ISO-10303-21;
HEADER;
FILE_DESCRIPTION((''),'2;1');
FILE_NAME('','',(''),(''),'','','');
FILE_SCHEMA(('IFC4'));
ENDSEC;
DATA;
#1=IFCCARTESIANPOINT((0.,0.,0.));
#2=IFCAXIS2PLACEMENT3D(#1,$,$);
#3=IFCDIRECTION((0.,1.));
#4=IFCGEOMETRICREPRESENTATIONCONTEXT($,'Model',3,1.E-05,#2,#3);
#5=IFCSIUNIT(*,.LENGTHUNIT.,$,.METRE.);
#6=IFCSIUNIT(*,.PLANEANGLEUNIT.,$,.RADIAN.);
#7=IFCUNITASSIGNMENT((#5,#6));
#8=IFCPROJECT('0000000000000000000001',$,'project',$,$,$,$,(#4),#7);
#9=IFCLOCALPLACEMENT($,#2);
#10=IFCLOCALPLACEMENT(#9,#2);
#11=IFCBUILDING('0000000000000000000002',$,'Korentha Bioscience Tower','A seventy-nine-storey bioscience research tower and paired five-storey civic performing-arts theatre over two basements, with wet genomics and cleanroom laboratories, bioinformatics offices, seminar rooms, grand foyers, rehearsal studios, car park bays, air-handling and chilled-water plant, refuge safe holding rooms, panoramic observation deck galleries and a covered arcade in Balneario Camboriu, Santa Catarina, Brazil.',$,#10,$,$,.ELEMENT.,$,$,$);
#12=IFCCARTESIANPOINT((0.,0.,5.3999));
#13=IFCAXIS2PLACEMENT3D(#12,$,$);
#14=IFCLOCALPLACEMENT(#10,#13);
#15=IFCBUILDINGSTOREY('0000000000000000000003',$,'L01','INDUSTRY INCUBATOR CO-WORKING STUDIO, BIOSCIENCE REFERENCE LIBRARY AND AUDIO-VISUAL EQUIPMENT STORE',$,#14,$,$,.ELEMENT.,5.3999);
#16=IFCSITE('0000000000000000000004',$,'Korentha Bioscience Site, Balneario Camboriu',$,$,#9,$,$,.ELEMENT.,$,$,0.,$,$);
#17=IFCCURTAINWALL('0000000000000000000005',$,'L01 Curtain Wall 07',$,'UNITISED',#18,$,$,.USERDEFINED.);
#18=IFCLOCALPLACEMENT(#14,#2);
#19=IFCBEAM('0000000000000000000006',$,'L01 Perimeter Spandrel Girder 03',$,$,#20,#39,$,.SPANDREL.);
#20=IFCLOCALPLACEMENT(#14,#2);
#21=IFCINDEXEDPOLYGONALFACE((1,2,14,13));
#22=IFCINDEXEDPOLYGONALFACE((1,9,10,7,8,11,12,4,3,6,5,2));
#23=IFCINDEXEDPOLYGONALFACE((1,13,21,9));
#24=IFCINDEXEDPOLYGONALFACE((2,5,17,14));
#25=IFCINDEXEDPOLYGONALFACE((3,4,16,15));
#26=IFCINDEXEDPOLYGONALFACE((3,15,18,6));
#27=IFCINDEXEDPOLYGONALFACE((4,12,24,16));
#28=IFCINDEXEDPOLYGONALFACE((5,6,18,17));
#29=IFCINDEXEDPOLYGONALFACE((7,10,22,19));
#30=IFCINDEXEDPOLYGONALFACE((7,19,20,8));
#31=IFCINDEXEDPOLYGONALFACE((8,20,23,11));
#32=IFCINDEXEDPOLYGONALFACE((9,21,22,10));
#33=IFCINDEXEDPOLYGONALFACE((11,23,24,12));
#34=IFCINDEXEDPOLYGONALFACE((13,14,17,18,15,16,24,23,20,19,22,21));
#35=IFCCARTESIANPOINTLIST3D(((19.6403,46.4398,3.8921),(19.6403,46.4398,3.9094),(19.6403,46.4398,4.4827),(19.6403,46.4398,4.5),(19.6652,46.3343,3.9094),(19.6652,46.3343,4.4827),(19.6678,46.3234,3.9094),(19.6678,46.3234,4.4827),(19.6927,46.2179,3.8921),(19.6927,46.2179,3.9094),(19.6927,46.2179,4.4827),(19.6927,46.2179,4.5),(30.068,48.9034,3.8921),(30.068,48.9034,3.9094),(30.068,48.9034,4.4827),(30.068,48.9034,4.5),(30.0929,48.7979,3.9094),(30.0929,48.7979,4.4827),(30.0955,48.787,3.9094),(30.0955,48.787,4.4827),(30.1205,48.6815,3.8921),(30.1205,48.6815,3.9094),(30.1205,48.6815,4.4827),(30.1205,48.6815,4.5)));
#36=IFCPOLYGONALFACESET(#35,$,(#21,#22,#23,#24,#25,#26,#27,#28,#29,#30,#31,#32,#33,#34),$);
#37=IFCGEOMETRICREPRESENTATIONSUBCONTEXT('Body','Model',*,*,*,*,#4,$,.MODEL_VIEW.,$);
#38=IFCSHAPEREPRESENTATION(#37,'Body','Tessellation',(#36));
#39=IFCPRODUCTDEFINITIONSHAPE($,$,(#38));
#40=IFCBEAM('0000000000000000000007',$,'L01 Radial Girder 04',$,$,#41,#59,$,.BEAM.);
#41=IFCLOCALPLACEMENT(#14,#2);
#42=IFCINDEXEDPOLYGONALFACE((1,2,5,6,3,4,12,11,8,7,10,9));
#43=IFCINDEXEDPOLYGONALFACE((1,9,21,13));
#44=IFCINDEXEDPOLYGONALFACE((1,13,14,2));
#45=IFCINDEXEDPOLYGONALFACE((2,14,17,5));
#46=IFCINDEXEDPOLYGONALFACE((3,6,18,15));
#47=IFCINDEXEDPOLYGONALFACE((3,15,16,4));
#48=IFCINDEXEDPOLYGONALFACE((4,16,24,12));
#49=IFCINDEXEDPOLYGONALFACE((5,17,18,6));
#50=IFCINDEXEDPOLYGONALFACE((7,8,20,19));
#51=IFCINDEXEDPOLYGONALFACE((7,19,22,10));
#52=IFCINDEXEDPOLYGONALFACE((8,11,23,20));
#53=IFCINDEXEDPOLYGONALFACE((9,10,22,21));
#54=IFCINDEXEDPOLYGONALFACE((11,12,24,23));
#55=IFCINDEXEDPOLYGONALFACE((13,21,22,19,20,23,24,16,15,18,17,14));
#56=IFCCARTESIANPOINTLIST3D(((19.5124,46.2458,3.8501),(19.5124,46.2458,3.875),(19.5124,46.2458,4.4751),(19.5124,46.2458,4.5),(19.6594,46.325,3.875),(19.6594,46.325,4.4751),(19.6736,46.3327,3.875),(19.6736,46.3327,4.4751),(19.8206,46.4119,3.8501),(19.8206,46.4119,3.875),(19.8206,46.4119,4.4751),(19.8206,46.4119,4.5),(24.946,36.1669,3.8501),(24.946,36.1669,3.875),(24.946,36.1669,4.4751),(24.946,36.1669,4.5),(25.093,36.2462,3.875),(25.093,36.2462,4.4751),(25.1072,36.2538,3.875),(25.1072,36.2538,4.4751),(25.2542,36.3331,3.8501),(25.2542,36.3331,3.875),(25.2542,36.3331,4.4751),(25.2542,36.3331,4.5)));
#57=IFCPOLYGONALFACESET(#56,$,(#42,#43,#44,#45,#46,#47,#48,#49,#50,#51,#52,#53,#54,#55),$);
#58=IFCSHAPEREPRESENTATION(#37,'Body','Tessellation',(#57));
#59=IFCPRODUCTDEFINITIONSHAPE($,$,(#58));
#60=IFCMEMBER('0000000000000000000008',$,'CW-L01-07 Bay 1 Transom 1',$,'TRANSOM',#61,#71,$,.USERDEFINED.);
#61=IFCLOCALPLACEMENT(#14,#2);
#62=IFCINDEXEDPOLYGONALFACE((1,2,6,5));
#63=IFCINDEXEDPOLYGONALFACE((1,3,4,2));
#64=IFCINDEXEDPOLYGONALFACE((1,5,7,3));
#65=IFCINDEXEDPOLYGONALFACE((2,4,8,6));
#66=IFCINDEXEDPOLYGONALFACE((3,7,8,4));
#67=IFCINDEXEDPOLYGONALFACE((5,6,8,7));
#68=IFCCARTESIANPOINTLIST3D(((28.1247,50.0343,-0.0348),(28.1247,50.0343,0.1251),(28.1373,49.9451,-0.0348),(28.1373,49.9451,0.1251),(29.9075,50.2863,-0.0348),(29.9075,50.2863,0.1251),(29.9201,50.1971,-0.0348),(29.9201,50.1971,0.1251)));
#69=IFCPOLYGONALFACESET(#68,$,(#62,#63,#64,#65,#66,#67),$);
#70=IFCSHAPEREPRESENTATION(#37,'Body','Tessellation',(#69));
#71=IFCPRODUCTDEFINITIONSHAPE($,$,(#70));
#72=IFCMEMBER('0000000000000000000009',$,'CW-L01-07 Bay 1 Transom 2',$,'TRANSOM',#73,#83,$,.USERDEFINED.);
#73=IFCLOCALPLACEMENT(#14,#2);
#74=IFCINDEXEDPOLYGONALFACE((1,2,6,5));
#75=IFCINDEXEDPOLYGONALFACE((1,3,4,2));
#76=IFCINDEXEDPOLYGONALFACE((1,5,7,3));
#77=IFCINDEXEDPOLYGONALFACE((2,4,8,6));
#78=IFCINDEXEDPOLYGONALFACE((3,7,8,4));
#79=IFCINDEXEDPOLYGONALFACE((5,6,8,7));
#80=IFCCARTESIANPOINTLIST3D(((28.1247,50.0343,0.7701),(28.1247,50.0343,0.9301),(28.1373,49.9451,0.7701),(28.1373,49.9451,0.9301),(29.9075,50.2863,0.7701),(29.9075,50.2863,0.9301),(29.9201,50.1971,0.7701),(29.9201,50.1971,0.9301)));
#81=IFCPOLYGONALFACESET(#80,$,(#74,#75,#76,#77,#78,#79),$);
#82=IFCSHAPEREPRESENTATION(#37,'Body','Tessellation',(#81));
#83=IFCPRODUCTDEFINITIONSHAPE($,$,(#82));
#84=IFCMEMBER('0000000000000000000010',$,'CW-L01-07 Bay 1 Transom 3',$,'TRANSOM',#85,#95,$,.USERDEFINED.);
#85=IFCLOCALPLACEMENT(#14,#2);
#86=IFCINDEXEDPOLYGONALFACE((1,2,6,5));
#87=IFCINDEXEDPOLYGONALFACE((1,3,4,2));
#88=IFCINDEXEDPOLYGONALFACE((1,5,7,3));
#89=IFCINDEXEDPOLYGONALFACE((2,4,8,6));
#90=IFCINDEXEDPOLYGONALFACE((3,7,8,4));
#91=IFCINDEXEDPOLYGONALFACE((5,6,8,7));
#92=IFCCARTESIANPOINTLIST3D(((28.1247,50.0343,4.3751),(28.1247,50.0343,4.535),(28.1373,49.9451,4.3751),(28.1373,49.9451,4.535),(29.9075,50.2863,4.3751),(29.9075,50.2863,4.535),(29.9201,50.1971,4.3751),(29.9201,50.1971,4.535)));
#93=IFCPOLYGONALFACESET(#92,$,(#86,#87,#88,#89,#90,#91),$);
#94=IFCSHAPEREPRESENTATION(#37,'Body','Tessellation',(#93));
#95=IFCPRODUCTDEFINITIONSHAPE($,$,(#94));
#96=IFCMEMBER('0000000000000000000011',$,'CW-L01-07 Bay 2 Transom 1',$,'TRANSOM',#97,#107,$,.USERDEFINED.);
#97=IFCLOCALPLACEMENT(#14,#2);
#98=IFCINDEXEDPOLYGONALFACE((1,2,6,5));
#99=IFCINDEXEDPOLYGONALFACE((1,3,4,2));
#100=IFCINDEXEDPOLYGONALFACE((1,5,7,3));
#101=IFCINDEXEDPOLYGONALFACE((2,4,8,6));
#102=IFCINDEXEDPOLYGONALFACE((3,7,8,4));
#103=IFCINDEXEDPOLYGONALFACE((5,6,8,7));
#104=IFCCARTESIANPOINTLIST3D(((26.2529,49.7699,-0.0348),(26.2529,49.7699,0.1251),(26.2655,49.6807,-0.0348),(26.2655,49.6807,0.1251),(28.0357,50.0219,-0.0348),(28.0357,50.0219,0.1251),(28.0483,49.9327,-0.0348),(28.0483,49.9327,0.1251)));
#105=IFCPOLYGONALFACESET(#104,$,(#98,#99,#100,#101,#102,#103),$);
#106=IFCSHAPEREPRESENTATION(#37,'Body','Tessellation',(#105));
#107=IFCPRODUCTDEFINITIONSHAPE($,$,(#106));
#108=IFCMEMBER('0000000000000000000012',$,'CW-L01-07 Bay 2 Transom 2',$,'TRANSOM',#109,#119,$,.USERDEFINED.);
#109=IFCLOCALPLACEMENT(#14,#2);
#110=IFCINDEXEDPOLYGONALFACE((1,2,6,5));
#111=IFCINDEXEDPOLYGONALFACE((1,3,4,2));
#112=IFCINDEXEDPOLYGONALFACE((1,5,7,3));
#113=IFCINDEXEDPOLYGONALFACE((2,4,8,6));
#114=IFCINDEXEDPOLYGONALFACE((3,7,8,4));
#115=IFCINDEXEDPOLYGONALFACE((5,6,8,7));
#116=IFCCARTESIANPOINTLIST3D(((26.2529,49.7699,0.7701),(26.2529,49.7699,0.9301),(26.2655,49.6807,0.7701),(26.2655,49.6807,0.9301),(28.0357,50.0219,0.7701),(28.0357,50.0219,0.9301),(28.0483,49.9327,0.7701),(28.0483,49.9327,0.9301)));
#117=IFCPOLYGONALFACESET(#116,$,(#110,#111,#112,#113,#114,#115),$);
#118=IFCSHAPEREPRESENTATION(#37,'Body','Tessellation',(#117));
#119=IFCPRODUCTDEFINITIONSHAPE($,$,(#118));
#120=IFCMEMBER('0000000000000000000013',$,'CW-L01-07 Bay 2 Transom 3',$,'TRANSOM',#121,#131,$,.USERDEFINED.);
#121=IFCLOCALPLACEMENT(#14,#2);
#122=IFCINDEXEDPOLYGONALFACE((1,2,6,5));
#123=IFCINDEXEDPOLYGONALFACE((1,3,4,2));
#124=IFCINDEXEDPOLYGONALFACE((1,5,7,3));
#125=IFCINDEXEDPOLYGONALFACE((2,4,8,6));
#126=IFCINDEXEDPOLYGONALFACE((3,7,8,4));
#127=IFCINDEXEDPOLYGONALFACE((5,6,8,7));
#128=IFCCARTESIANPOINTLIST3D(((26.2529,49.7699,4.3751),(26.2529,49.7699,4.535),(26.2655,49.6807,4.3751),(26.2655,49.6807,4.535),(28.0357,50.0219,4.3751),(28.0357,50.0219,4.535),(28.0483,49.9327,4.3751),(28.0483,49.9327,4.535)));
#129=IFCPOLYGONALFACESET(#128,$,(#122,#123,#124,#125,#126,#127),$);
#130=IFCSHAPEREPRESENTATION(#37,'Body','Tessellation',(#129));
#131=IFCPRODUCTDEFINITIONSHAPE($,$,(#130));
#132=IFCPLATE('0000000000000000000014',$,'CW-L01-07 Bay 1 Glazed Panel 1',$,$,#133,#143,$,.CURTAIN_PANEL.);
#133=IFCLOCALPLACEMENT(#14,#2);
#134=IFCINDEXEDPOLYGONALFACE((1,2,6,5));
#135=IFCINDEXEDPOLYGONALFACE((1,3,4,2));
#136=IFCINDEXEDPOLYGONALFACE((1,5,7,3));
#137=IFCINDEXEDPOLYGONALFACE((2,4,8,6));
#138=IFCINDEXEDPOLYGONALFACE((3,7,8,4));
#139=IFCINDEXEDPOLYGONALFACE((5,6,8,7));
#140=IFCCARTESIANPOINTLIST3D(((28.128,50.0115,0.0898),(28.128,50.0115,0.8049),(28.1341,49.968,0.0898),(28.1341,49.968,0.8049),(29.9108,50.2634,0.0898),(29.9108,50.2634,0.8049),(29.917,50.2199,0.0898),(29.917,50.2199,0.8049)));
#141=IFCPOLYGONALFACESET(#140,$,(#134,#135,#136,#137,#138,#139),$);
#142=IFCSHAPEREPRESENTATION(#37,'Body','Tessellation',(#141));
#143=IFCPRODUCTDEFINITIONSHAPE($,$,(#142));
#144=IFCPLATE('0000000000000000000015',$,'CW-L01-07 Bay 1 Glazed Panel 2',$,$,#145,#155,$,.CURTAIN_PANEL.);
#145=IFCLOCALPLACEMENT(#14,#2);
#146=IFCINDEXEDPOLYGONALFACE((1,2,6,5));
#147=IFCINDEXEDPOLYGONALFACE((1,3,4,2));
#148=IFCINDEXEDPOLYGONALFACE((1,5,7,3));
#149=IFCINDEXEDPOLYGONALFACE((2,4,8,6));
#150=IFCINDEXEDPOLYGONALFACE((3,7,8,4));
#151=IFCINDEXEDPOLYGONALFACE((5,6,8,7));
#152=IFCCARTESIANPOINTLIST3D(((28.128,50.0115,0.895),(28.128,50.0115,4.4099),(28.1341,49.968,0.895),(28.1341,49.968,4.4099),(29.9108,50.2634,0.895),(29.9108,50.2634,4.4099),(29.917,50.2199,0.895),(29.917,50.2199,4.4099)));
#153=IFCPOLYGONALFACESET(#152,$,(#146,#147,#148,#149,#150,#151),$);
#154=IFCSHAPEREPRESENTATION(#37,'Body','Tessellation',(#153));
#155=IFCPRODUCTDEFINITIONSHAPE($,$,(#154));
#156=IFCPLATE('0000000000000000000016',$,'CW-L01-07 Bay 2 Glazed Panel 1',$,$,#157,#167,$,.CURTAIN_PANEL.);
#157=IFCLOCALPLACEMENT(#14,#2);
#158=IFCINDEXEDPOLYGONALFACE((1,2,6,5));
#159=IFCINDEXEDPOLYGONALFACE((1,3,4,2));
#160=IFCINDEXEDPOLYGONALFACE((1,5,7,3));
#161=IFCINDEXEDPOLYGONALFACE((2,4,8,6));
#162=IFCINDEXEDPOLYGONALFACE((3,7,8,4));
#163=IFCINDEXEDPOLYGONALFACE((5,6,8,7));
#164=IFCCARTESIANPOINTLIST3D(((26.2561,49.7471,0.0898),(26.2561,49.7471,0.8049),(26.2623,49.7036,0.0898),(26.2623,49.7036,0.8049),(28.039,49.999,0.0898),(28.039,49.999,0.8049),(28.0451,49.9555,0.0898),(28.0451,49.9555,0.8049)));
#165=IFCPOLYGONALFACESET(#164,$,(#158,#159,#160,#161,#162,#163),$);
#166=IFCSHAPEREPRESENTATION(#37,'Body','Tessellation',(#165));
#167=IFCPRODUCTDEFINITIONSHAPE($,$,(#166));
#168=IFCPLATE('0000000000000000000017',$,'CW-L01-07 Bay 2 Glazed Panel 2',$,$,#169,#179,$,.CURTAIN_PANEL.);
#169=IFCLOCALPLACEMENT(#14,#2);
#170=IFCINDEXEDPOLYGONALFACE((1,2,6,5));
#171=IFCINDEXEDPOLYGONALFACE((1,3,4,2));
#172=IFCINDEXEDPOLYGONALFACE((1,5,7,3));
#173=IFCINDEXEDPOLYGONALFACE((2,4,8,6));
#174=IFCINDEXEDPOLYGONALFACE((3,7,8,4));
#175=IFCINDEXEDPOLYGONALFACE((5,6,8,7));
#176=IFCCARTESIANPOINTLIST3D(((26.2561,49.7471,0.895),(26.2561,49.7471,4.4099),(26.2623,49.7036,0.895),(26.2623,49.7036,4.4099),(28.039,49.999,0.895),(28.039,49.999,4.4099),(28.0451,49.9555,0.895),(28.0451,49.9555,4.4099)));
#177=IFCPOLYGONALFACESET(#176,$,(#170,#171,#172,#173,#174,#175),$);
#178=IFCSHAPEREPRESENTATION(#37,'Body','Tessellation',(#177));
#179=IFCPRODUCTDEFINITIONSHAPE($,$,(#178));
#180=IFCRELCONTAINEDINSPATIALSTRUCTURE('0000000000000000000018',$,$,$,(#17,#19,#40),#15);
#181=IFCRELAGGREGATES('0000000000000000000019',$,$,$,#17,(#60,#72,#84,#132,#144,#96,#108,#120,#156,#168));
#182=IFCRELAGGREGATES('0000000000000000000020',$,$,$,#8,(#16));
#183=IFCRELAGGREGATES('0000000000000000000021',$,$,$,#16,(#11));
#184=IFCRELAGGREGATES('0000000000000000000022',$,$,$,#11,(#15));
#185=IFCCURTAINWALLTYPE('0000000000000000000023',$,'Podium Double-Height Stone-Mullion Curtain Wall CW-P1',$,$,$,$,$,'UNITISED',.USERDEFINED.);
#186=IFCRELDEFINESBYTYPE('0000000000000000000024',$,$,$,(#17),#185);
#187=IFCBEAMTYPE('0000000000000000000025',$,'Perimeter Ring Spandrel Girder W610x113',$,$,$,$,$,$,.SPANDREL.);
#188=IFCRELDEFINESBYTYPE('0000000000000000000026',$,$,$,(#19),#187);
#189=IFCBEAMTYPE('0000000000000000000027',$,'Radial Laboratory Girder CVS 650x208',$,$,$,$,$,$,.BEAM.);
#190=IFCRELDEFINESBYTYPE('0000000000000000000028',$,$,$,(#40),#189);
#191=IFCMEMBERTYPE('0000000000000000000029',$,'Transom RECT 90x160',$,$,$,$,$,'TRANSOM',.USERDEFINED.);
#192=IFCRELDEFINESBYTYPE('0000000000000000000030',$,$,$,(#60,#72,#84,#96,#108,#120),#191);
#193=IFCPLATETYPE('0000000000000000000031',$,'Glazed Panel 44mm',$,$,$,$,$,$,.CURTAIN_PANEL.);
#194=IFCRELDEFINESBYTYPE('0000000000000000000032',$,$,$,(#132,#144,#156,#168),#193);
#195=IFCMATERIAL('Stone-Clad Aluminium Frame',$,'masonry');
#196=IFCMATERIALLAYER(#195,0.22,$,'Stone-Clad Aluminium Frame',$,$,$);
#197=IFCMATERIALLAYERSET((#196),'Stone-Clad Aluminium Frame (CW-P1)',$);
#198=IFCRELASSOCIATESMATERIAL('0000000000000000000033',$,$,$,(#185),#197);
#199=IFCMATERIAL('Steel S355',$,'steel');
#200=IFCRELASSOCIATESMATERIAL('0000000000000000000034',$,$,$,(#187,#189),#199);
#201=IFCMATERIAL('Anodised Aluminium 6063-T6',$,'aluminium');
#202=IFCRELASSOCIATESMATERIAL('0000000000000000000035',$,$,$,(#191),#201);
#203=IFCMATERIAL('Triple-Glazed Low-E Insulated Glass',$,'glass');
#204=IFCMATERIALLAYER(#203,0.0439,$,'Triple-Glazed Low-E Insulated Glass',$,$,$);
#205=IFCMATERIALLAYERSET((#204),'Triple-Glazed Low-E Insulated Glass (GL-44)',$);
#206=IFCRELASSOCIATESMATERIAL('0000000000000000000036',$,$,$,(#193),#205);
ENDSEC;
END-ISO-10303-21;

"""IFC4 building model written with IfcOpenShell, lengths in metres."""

from ifc_helpers import new_model, si_unit, direction, frame, origin, origin_2d, place, context, subcontext, project, spatial, rectangle, i_section, extrude, material, layer, layer_set, material_profile, profile_set, type_object, element, aggregate, save


model = new_model("IFC4")

# Units and contexts
model_context = context("Model", 3, precision=1e-05, world=origin(), true_north=direction((0.0, 1.0)))
body_context = subcontext(model_context, "Body", "Model", "MODEL_VIEW")
ifc_project = project(units=[si_unit("LENGTHUNIT", "METRE"), si_unit("PLANEANGLEUNIT", "RADIAN")], contexts=[model_context])

# Site, building, storey
site_placement = place(None, origin())
site = spatial("IfcSite", under=ifc_project, at=site_placement, Name="Korentha Bioscience Site, Balneario Camboriu", CompositionType="ELEMENT", RefElevation=0.0)
building_placement = place(site_placement, origin())
building = spatial("IfcBuilding", under=site, at=building_placement, Name="Korentha Bioscience Tower", Description="A seventy-nine-storey bioscience research tower and paired five-storey civic performing-arts theatre over two basements, with wet genomics and cleanroom laboratories, bioinformatics offices, seminar rooms, grand foyers, rehearsal studios, car park bays, air-handling and chilled-water plant, refuge safe holding rooms, panoramic observation deck galleries and a covered arcade in Balneario Camboriu, Santa Catarina, Brazil.", CompositionType="ELEMENT")
storey_placement = place(building_placement, frame((0.0, 0.0, 5.3999)))
storey = spatial("IfcBuildingStorey", under=building, at=storey_placement, Name="L01", Description="INDUSTRY INCUBATOR CO-WORKING STUDIO, BIOSCIENCE REFERENCE LIBRARY AND AUDIO-VISUAL EQUIPMENT STORE", CompositionType="ELEMENT", Elevation=5.3999)

# Shared definitions
ifc_material_1 = material(Name="Steel S355", Category="steel")

# Curtain wall
ifc_material_2 = material(Name="Stone-Clad Aluminium Frame", Category="masonry")
ifc_layer_1 = layer(ifc_material_2, 0.22, Name="Stone-Clad Aluminium Frame")
ifc_layer_set_1 = layer_set([ifc_layer_1], Name="Stone-Clad Aluminium Frame (CW-P1)")
curtain_wall_type = type_object("IfcCurtainWallType", Name="Podium Double-Height Stone-Mullion Curtain Wall CW-P1", ElementType="UNITISED", PredefinedType="USERDEFINED", material=ifc_layer_set_1)
curtain_wall_placement = place(storey_placement, origin())
curtain_wall = element("IfcCurtainWall", 1, at=curtain_wall_placement, inside=storey, type_object=curtain_wall_type, Name="L01 Curtain Wall 07", ObjectType="UNITISED", PredefinedType="USERDEFINED")
ifc_material_3 = material(Name="Anodised Aluminium 6063-T6", Category="aluminium")

# Beams
ifc_material_profile_1 = material_profile(ifc_material_1, i_section(OverallWidth=0.228, OverallDepth=0.6079, WebThickness=0.0112, FlangeThickness=0.0173, at=origin_2d()), Name="Steel S355")
ifc_profile_set_1 = profile_set([ifc_material_profile_1], Name="Steel S355 (SB-610)")
beam_type_1 = type_object("IfcBeamType", Name="Perimeter Ring Spandrel Girder W610x113", PredefinedType="SPANDREL", material=ifc_profile_set_1)
beam_1_placement = place(storey_placement, frame((30.0942, 48.7925, 4.196), z_axis=(-0.973208, -0.229927, 0.0), x_axis=(0.229927, -0.973208, 0.0)))
element("IfcBeam", 2, at=beam_1_placement, inside=storey, type_object=beam_type_1, Name="L01 Perimeter Spandrel Girder 03", PredefinedType="SPANDREL", context=body_context, shape_type="SweptSolid", body=[
    extrude(i_section(OverallWidth=0.228, OverallDepth=0.6079, WebThickness=0.0112, FlangeThickness=0.0173, at=origin_2d()), origin(), (0.0, 0.0, 1.0), 10.7148),
])
ifc_material_profile_2 = material_profile(ifc_material_1, i_section(OverallWidth=0.3501, OverallDepth=0.6499, WebThickness=0.0161, FlangeThickness=0.0249, at=origin_2d()), Name="Steel S355")
ifc_profile_set_2 = profile_set([ifc_material_profile_2], Name="Steel S355 (RB-650)")
beam_type_2 = type_object("IfcBeamType", Name="Radial Laboratory Girder CVS 650x208", PredefinedType="BEAM", material=ifc_profile_set_2)
beam_2_placement = place(storey_placement, frame((25.1001, 36.25, 4.175), z_axis=(-0.474541, 0.880233, 0.0), x_axis=(-0.880233, -0.474541, 0.0)))
element("IfcBeam", 3, at=beam_2_placement, inside=storey, type_object=beam_type_2, Name="L01 Radial Girder 04", PredefinedType="BEAM", context=body_context, shape_type="SweptSolid", body=[
    extrude(i_section(OverallWidth=0.3501, OverallDepth=0.6499, WebThickness=0.0161, FlangeThickness=0.0249, at=origin_2d()), origin(), (0.0, 0.0, 1.0), 11.4502),
])

# Members
ifc_material_profile_3 = material_profile(ifc_material_3, rectangle(XDim=0.0901, YDim=0.1599, at=origin_2d()), Name="Anodised Aluminium 6063-T6")
ifc_profile_set_3 = profile_set([ifc_material_profile_3], Name="Anodised Aluminium 6063-T6 (CW-TRN)")
member_type_1 = type_object("IfcMemberType", Name="Transom RECT 90x160", ElementType="TRANSOM", PredefinedType="USERDEFINED", material=ifc_profile_set_3)
member_1_placement = place(storey_placement, frame((29.9138, 50.2417, 0.0452), z_axis=(-0.99016, -0.13994, 0.0), x_axis=(0.13994, -0.99016, 0.0)))
member_1 = element("IfcMember", 4, at=member_1_placement, type_object=member_type_1, Name="CW-L01-07 Bay 1 Transom 1", ObjectType="TRANSOM", PredefinedType="USERDEFINED", context=body_context, shape_type="SweptSolid", body=[
    extrude(rectangle(XDim=0.0901, YDim=0.1599, at=origin_2d()), origin(), (0.0, 0.0, 1.0), 1.8005),
])
member_2_placement = place(storey_placement, frame((29.9138, 50.2417, 0.8501), z_axis=(-0.99016, -0.13994, 0.0), x_axis=(0.13994, -0.99016, 0.0)))
member_2 = element("IfcMember", 5, at=member_2_placement, type_object=member_type_1, Name="CW-L01-07 Bay 1 Transom 2", ObjectType="TRANSOM", PredefinedType="USERDEFINED", context=body_context, shape_type="SweptSolid", body=[
    extrude(rectangle(XDim=0.0901, YDim=0.1599, at=origin_2d()), origin(), (0.0, 0.0, 1.0), 1.8005),
])
member_3_placement = place(storey_placement, frame((29.9138, 50.2417, 4.4551), z_axis=(-0.99016, -0.13994, 0.0), x_axis=(0.13994, -0.99016, 0.0)))
member_3 = element("IfcMember", 6, at=member_3_placement, type_object=member_type_1, Name="CW-L01-07 Bay 1 Transom 3", ObjectType="TRANSOM", PredefinedType="USERDEFINED", context=body_context, shape_type="SweptSolid", body=[
    extrude(rectangle(XDim=0.0901, YDim=0.1599, at=origin_2d()), origin(), (0.0, 0.0, 1.0), 1.8005),
])
member_4_placement = place(storey_placement, frame((28.042, 49.9773, 0.0452), z_axis=(-0.99016, -0.13994, 0.0), x_axis=(0.13994, -0.99016, 0.0)))
member_4 = element("IfcMember", 7, at=member_4_placement, type_object=member_type_1, Name="CW-L01-07 Bay 2 Transom 1", ObjectType="TRANSOM", PredefinedType="USERDEFINED", context=body_context, shape_type="SweptSolid", body=[
    extrude(rectangle(XDim=0.0901, YDim=0.1599, at=origin_2d()), origin(), (0.0, 0.0, 1.0), 1.8005),
])
member_5_placement = place(storey_placement, frame((28.042, 49.9773, 0.8501), z_axis=(-0.99016, -0.13994, 0.0), x_axis=(0.13994, -0.99016, 0.0)))
member_5 = element("IfcMember", 8, at=member_5_placement, type_object=member_type_1, Name="CW-L01-07 Bay 2 Transom 2", ObjectType="TRANSOM", PredefinedType="USERDEFINED", context=body_context, shape_type="SweptSolid", body=[
    extrude(rectangle(XDim=0.0901, YDim=0.1599, at=origin_2d()), origin(), (0.0, 0.0, 1.0), 1.8005),
])
member_6_placement = place(storey_placement, frame((28.042, 49.9773, 4.4551), z_axis=(-0.99016, -0.13994, 0.0), x_axis=(0.13994, -0.99016, 0.0)))
member_6 = element("IfcMember", 9, at=member_6_placement, type_object=member_type_1, Name="CW-L01-07 Bay 2 Transom 3", ObjectType="TRANSOM", PredefinedType="USERDEFINED", context=body_context, shape_type="SweptSolid", body=[
    extrude(rectangle(XDim=0.0901, YDim=0.1599, at=origin_2d()), origin(), (0.0, 0.0, 1.0), 1.8005),
])

# Plates
ifc_material_4 = material(Name="Triple-Glazed Low-E Insulated Glass", Category="glass")
ifc_layer_2 = layer(ifc_material_4, 0.0439, Name="Triple-Glazed Low-E Insulated Glass")
ifc_layer_set_2 = layer_set([ifc_layer_2], Name="Triple-Glazed Low-E Insulated Glass (GL-44)")
plate_type = type_object("IfcPlateType", Name="Glazed Panel 44mm", PredefinedType="CURTAIN_PANEL", material=ifc_layer_set_2)
plate_1_placement = place(storey_placement, frame((29.0225, 50.1157, 0.0898), z_axis=(0.0, 0.0, 1.0), x_axis=(-0.990167, -0.139888, 0.0)))
plate_1 = element("IfcPlate", 10, at=plate_1_placement, type_object=plate_type, Name="CW-L01-07 Bay 1 Glazed Panel 1", PredefinedType="CURTAIN_PANEL", context=body_context, shape_type="SweptSolid", body=[
    extrude(rectangle(XDim=1.8005, YDim=0.0439, at=origin_2d()), origin(), (0.0, 0.0, 1.0), 0.7151),
])
plate_2_placement = place(storey_placement, frame((29.0225, 50.1157, 0.895), z_axis=(0.0, 0.0, 1.0), x_axis=(-0.990167, -0.139888, 0.0)))
plate_2 = element("IfcPlate", 11, at=plate_2_placement, type_object=plate_type, Name="CW-L01-07 Bay 1 Glazed Panel 2", PredefinedType="CURTAIN_PANEL", context=body_context, shape_type="SweptSolid", body=[
    extrude(rectangle(XDim=1.8005, YDim=0.0439, at=origin_2d()), origin(), (0.0, 0.0, 1.0), 3.5149),
])
plate_3_placement = place(storey_placement, frame((27.1506, 49.8513, 0.0898), z_axis=(0.0, 0.0, 1.0), x_axis=(-0.990167, -0.139888, 0.0)))
plate_3 = element("IfcPlate", 12, at=plate_3_placement, type_object=plate_type, Name="CW-L01-07 Bay 2 Glazed Panel 1", PredefinedType="CURTAIN_PANEL", context=body_context, shape_type="SweptSolid", body=[
    extrude(rectangle(XDim=1.8005, YDim=0.0439, at=origin_2d()), origin(), (0.0, 0.0, 1.0), 0.7151),
])
plate_4_placement = place(storey_placement, frame((27.1506, 49.8513, 0.895), z_axis=(0.0, 0.0, 1.0), x_axis=(-0.990167, -0.139888, 0.0)))
plate_4 = element("IfcPlate", 13, at=plate_4_placement, type_object=plate_type, Name="CW-L01-07 Bay 2 Glazed Panel 2", PredefinedType="CURTAIN_PANEL", context=body_context, shape_type="SweptSolid", body=[
    extrude(rectangle(XDim=1.8005, YDim=0.0439, at=origin_2d()), origin(), (0.0, 0.0, 1.0), 3.5149),
])
aggregate(curtain_wall, [member_1, member_2, member_3, plate_1, plate_2, member_4, member_5, member_6, plate_3, plate_4])

save(model, "model.ifc")
